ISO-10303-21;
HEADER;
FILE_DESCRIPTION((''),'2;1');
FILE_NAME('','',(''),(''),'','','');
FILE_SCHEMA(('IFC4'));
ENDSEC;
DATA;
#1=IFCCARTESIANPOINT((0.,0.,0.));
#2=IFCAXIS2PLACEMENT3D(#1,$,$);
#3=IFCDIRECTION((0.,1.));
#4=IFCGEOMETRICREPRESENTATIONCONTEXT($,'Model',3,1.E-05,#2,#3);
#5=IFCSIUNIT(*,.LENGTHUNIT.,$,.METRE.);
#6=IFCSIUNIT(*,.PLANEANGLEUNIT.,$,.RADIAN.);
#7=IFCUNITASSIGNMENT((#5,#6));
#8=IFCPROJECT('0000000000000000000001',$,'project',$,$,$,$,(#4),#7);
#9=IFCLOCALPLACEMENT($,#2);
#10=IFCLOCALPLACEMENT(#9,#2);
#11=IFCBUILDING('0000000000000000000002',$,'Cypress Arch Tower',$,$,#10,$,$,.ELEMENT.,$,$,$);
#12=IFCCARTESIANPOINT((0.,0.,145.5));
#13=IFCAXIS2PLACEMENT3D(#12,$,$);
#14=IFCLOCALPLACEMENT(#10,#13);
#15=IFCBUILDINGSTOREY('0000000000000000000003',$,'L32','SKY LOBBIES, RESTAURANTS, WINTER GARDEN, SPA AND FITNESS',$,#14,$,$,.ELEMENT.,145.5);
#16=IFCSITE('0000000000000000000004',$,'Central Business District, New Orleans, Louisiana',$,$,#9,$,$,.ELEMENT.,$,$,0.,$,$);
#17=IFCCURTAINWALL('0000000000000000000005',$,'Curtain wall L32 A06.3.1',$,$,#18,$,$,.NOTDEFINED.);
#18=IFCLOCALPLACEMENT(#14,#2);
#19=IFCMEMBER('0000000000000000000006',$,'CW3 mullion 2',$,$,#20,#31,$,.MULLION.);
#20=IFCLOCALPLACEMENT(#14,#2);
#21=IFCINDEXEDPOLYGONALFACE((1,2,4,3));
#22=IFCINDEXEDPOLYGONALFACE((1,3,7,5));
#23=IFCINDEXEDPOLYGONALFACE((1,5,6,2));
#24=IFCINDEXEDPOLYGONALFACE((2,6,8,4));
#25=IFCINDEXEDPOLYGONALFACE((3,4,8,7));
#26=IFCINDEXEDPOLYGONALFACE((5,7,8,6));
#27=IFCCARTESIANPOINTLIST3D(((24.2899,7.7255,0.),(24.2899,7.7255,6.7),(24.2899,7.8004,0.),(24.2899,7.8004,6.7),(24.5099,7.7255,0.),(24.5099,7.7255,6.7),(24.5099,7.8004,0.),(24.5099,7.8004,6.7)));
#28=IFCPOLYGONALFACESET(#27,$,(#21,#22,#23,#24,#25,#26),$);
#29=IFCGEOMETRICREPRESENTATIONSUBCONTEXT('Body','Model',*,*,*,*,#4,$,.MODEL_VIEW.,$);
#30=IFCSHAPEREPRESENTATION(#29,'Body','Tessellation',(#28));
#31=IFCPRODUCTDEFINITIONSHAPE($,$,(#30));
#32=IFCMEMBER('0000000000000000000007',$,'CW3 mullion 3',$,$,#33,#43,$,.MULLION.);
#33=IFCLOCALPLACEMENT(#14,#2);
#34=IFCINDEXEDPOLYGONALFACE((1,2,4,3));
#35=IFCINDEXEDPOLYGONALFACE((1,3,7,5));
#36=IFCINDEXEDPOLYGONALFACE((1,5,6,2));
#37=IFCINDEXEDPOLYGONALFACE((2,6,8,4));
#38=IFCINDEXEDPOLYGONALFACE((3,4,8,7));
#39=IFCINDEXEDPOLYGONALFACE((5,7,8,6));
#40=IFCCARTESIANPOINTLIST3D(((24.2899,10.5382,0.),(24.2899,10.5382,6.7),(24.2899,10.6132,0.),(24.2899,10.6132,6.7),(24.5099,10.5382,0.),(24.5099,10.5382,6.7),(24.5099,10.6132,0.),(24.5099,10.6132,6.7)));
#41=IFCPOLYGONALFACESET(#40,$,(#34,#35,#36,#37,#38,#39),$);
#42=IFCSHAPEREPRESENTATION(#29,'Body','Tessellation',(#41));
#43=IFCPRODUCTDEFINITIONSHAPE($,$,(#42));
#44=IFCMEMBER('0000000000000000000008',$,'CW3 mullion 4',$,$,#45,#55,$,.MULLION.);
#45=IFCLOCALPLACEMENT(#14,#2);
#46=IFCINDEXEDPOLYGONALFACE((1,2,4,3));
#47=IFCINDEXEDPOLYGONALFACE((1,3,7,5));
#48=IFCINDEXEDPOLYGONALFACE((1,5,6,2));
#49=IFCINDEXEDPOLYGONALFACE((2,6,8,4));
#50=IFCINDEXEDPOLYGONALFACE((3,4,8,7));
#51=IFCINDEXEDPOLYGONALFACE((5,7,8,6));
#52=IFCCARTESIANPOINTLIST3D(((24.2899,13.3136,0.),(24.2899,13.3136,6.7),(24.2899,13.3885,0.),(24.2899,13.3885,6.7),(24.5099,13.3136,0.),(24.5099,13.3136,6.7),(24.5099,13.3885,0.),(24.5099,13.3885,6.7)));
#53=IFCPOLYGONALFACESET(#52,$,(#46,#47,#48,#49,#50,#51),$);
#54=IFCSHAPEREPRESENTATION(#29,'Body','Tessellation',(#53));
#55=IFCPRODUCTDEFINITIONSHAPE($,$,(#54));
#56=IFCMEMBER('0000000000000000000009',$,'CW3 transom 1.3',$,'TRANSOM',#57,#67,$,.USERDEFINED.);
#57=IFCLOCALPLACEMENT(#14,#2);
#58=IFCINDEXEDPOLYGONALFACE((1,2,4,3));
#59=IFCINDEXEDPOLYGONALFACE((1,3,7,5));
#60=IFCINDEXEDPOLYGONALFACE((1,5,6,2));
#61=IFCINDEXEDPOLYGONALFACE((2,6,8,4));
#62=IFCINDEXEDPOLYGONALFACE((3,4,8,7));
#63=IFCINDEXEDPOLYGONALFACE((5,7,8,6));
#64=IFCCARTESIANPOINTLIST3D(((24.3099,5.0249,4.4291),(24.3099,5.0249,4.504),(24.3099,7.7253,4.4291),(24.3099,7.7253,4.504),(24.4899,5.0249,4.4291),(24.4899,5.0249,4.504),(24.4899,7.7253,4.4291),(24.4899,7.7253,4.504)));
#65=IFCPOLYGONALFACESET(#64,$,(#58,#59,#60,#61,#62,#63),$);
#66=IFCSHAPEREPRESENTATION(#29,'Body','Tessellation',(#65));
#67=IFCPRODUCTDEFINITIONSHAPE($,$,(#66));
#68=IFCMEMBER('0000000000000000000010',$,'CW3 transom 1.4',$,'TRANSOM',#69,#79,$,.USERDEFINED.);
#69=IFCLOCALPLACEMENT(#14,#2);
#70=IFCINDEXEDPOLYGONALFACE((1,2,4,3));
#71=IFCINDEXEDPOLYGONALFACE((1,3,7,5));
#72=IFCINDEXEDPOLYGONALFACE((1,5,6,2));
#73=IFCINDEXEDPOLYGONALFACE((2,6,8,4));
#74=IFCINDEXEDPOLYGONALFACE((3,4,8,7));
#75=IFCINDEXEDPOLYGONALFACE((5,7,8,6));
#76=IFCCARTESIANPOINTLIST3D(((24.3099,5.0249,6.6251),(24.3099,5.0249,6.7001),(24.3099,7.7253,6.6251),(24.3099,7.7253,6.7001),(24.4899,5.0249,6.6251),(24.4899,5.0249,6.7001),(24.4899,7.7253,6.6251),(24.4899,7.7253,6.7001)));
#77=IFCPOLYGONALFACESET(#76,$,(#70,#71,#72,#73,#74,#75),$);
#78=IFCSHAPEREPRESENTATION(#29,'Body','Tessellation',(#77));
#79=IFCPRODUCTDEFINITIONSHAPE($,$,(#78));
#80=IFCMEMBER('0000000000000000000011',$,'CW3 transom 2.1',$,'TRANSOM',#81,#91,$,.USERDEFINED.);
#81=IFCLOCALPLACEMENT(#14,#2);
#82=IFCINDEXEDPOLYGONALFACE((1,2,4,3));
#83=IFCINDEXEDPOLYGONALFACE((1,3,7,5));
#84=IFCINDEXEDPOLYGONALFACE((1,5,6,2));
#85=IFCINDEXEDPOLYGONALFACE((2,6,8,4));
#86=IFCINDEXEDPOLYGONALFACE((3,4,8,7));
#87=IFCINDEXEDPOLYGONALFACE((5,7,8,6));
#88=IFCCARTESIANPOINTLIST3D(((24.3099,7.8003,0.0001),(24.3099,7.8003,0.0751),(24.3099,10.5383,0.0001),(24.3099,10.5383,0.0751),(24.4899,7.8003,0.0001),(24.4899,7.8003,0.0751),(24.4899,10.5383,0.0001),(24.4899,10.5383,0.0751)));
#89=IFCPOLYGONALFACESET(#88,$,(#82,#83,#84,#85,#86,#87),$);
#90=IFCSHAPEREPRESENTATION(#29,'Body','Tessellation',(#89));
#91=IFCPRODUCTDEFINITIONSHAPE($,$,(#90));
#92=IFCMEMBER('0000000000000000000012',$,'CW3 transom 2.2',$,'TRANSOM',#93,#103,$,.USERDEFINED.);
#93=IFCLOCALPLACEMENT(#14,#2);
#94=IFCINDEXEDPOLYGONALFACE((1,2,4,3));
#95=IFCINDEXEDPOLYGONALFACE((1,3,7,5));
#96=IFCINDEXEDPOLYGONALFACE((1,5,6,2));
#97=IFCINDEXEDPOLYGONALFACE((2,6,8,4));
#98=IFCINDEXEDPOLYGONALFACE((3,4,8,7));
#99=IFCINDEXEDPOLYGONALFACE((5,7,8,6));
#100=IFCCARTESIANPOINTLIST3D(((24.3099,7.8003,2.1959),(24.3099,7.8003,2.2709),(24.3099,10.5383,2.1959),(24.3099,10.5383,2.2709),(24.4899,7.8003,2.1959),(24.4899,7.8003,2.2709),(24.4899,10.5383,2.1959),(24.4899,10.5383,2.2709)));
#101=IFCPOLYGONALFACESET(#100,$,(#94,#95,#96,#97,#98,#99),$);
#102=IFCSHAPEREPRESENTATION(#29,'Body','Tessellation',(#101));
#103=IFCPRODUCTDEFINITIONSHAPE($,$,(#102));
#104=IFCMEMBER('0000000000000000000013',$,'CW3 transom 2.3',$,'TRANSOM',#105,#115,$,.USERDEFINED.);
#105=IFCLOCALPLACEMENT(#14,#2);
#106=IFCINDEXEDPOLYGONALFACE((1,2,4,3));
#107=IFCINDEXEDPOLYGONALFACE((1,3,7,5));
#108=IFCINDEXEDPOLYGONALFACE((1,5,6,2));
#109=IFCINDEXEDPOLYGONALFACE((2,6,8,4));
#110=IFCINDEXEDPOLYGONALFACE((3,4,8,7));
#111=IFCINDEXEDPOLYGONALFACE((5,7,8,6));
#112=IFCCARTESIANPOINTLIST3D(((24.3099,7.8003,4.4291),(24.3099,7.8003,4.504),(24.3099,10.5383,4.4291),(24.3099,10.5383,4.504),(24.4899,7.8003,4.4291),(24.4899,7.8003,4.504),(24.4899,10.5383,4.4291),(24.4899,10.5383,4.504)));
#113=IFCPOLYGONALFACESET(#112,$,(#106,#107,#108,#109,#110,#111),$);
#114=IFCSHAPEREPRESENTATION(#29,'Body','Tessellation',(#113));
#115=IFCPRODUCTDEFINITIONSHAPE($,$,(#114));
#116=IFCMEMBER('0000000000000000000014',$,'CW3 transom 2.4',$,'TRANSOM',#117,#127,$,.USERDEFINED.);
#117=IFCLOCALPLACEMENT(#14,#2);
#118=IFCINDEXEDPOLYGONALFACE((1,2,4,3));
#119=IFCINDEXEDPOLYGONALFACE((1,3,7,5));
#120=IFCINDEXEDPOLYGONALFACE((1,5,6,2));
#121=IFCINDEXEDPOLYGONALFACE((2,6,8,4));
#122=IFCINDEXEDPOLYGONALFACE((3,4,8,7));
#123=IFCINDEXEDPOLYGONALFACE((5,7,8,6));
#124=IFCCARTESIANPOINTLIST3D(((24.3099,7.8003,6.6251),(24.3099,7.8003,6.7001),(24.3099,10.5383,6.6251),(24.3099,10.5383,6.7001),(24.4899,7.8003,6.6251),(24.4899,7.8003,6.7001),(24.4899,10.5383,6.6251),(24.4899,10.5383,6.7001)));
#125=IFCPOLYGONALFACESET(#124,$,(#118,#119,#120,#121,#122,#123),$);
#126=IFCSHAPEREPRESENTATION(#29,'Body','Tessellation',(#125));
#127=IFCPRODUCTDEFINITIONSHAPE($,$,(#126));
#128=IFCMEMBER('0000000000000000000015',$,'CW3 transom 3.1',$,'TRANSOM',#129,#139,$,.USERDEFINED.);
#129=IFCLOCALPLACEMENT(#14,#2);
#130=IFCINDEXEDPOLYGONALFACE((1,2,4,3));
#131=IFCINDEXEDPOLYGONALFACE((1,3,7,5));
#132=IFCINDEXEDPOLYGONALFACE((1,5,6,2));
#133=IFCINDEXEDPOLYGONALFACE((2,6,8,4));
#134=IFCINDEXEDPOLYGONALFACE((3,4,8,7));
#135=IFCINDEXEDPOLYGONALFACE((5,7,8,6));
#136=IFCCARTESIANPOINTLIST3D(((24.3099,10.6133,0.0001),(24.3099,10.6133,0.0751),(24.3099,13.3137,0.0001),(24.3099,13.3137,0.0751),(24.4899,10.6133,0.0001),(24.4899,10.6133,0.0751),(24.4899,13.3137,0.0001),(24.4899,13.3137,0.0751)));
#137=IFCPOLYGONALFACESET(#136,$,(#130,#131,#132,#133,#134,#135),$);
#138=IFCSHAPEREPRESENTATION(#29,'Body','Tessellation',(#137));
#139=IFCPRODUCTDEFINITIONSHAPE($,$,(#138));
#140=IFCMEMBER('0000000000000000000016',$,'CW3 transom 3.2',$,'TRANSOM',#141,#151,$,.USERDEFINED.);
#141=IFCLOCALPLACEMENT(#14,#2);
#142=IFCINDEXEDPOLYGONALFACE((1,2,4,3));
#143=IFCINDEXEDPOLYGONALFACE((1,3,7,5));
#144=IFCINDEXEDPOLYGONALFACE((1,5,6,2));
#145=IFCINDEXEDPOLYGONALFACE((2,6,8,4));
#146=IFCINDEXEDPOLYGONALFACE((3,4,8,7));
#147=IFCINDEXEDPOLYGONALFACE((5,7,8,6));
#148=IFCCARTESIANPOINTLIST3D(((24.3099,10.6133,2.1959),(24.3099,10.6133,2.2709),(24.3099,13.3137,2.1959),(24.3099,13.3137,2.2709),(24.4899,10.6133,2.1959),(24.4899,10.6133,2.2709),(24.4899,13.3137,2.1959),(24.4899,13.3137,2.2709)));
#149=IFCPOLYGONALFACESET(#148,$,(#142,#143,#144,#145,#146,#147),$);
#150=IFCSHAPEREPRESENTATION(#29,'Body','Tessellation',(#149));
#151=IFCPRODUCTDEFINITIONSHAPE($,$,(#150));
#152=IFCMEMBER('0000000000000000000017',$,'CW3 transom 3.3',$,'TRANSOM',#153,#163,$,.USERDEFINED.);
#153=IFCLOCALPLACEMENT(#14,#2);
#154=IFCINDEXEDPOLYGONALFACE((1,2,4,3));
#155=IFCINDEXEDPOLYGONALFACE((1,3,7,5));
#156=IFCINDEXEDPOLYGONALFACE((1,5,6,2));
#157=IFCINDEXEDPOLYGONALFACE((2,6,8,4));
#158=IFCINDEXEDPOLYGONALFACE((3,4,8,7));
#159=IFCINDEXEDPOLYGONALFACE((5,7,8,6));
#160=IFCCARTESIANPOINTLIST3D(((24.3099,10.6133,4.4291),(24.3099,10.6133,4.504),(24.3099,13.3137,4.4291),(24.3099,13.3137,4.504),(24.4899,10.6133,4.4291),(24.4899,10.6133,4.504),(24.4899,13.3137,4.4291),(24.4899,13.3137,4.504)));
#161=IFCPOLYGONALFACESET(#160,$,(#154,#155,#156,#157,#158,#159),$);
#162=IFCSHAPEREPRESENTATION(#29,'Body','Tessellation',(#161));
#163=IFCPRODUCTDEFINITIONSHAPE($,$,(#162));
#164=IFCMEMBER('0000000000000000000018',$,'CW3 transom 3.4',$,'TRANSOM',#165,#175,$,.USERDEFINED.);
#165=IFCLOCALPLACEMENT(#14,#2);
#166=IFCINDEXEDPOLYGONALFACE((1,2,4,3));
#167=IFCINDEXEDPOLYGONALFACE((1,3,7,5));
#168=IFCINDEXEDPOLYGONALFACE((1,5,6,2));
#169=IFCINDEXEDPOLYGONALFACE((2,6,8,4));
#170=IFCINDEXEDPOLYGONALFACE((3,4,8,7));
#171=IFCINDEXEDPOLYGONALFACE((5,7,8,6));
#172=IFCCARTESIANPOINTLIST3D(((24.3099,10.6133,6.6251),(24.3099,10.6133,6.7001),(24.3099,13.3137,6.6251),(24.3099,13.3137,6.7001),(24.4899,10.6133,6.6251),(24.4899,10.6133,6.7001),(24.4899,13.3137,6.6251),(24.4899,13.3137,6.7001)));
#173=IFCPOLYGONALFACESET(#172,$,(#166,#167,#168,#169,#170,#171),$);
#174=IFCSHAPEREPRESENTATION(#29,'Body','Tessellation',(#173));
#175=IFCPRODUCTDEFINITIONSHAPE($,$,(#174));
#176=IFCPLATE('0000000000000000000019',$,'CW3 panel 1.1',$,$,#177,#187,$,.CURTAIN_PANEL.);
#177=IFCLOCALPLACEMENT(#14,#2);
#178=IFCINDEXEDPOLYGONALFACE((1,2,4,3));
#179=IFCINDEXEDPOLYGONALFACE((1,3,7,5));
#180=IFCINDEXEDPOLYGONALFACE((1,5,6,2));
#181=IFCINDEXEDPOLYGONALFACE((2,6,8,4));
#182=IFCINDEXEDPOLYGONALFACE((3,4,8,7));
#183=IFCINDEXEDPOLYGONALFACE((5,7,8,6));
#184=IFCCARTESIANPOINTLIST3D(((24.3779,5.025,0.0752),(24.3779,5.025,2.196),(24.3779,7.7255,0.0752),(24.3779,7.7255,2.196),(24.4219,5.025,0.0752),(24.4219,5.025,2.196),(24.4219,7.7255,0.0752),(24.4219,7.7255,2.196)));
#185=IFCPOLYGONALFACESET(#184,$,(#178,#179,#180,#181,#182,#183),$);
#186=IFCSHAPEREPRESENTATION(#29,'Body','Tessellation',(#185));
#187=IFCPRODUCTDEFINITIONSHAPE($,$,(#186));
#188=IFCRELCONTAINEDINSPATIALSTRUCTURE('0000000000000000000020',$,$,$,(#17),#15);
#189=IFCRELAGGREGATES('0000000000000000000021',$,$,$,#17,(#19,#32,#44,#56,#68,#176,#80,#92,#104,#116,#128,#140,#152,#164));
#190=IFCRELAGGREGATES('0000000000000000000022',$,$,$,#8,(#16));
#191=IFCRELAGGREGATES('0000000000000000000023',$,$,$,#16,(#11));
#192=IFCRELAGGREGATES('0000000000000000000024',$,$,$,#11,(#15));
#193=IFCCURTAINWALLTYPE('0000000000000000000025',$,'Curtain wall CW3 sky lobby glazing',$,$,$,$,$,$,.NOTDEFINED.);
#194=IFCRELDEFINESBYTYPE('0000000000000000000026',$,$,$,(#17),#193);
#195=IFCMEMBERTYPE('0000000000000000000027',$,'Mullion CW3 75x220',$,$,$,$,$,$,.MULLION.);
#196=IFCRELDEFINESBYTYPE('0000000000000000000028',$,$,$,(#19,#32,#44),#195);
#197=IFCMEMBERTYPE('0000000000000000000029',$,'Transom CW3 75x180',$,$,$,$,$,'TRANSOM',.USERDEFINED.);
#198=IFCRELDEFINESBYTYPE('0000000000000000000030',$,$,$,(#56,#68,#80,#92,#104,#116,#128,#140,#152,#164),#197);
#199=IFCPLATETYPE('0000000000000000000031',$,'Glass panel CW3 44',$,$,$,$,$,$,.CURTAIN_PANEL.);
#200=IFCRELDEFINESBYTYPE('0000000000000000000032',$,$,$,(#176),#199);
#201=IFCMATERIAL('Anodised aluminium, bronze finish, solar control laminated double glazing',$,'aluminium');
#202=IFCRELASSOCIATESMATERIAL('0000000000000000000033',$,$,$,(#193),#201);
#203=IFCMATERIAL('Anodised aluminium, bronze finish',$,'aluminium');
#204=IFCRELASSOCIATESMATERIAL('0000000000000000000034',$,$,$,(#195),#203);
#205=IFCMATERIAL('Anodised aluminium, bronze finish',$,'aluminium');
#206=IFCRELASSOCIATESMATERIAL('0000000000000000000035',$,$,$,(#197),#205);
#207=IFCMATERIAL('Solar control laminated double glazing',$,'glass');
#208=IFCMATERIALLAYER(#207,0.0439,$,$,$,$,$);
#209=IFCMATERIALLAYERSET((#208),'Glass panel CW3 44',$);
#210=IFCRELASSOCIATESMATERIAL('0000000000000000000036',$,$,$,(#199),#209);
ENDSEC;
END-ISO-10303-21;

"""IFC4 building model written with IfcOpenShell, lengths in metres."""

from ifc_helpers import new_model, si_unit, direction, frame, origin, origin_2d, place, context, subcontext, project, spatial, rectangle, extrude, material, layer, layer_set, material_profile, profile_set, type_object, element, aggregate, save


model = new_model("IFC4")

# Units and contexts
model_context = context("Model", 3, precision=1e-05, world=origin(), true_north=direction((0.0, 1.0)))
body_context = subcontext(model_context, "Body", "Model", "MODEL_VIEW")
ifc_project = project(units=[si_unit("LENGTHUNIT", "METRE"), si_unit("PLANEANGLEUNIT", "RADIAN")], contexts=[model_context])

# Site, building, storey
site_placement = place(None, origin())
site = spatial("IfcSite", under=ifc_project, at=site_placement, Name="Central Business District, New Orleans, Louisiana", CompositionType="ELEMENT", RefElevation=0.0)
building_placement = place(site_placement, origin())
building = spatial("IfcBuilding", under=site, at=building_placement, Name="Cypress Arch Tower", CompositionType="ELEMENT")
storey_placement = place(building_placement, frame((0.0, 0.0, 145.5)))
storey = spatial("IfcBuildingStorey", under=building, at=storey_placement, Name="L32", Description="SKY LOBBIES, RESTAURANTS, WINTER GARDEN, SPA AND FITNESS", CompositionType="ELEMENT", Elevation=145.5)

# Curtain wall, members, plate
ifc_material_1 = material(Name="Anodised aluminium, bronze finish, solar control laminated double glazing", Category="aluminium")
curtain_wall_type = type_object("IfcCurtainWallType", Name="Curtain wall CW3 sky lobby glazing", PredefinedType="NOTDEFINED", material=ifc_material_1)
curtain_wall_placement = place(storey_placement, origin())
curtain_wall = element("IfcCurtainWall", 1, at=curtain_wall_placement, inside=storey, type_object=curtain_wall_type, Name="Curtain wall L32 A06.3.1", PredefinedType="NOTDEFINED")
ifc_material_2 = material(Name="Anodised aluminium, bronze finish", Category="aluminium")
ifc_material_profile_1 = material_profile(ifc_material_2, rectangle(XDim=0.22, YDim=0.075, at=origin_2d()), Name="Mullion 75x220")
ifc_profile_set_1 = profile_set([ifc_material_profile_1], Name="Anodised aluminium, bronze finish")
member_type_1 = type_object("IfcMemberType", Name="Mullion CW3 75x220", PredefinedType="MULLION", material=ifc_profile_set_1)
member_1_placement = place(storey_placement, frame((24.3999, 7.7629, 0.0), z_axis=(0.0, 0.0, 1.0), x_axis=(-1.0, 0.0, 0.0)))
member_1 = element("IfcMember", 2, at=member_1_placement, type_object=member_type_1, Name="CW3 mullion 2", PredefinedType="MULLION", context=body_context, shape_type="SweptSolid", body=[
    extrude(rectangle(XDim=0.22, YDim=0.075, at=origin_2d()), origin(), (0.0, 0.0, 1.0), 6.7),
])
member_2_placement = place(storey_placement, frame((24.3999, 10.5757, 0.0), z_axis=(0.0, 0.0, 1.0), x_axis=(-1.0, 0.0, 0.0)))
member_2 = element("IfcMember", 3, at=member_2_placement, type_object=member_type_1, Name="CW3 mullion 3", PredefinedType="MULLION", context=body_context, shape_type="SweptSolid", body=[
    extrude(rectangle(XDim=0.22, YDim=0.075, at=origin_2d()), origin(), (0.0, 0.0, 1.0), 6.7),
])
member_3_placement = place(storey_placement, frame((24.3999, 13.3511, 0.0), z_axis=(0.0, 0.0, 1.0), x_axis=(-1.0, 0.0, 0.0)))
member_3 = element("IfcMember", 4, at=member_3_placement, type_object=member_type_1, Name="CW3 mullion 4", PredefinedType="MULLION", context=body_context, shape_type="SweptSolid", body=[
    extrude(rectangle(XDim=0.22, YDim=0.075, at=origin_2d()), origin(), (0.0, 0.0, 1.0), 6.7),
])
ifc_material_3 = material(Name="Anodised aluminium, bronze finish", Category="aluminium")
ifc_material_profile_2 = material_profile(ifc_material_3, rectangle(XDim=0.1799, YDim=0.075, at=origin_2d()), Name="Transom 75x180")
ifc_profile_set_2 = profile_set([ifc_material_profile_2], Name="Anodised aluminium, bronze finish")
member_type_2 = type_object("IfcMemberType", Name="Transom CW3 75x180", ElementType="TRANSOM", PredefinedType="USERDEFINED", material=ifc_profile_set_2)
member_4_placement = place(storey_placement, frame((24.3999, 5.0249, 4.4666), z_axis=(0.0, 1.0, 0.0), x_axis=(-1.0, 0.0, 0.0)))
member_4 = element("IfcMember", 5, at=member_4_placement, type_object=member_type_2, Name="CW3 transom 1.3", ObjectType="TRANSOM", PredefinedType="USERDEFINED", context=body_context, shape_type="SweptSolid", body=[
    extrude(rectangle(XDim=0.1799, YDim=0.075, at=origin_2d()), origin(), (0.0, 0.0, 1.0), 2.7004),
])
member_5_placement = place(storey_placement, frame((24.3999, 5.0249, 6.6626), z_axis=(0.0, 1.0, 0.0), x_axis=(-1.0, 0.0, 0.0)))
member_5 = element("IfcMember", 6, at=member_5_placement, type_object=member_type_2, Name="CW3 transom 1.4", ObjectType="TRANSOM", PredefinedType="USERDEFINED", context=body_context, shape_type="SweptSolid", body=[
    extrude(rectangle(XDim=0.1799, YDim=0.075, at=origin_2d()), origin(), (0.0, 0.0, 1.0), 2.7004),
])
member_6_placement = place(storey_placement, frame((24.3999, 7.8003, 0.0376), z_axis=(0.0, 1.0, 0.0), x_axis=(-1.0, 0.0, 0.0)))
member_6 = element("IfcMember", 7, at=member_6_placement, type_object=member_type_2, Name="CW3 transom 2.1", ObjectType="TRANSOM", PredefinedType="USERDEFINED", context=body_context, shape_type="SweptSolid", body=[
    extrude(rectangle(XDim=0.1799, YDim=0.075, at=origin_2d()), origin(), (0.0, 0.0, 1.0), 2.738),
])
member_7_placement = place(storey_placement, frame((24.3999, 7.8003, 2.2334), z_axis=(0.0, 1.0, 0.0), x_axis=(-1.0, 0.0, 0.0)))
member_7 = element("IfcMember", 8, at=member_7_placement, type_object=member_type_2, Name="CW3 transom 2.2", ObjectType="TRANSOM", PredefinedType="USERDEFINED", context=body_context, shape_type="SweptSolid", body=[
    extrude(rectangle(XDim=0.1799, YDim=0.075, at=origin_2d()), origin(), (0.0, 0.0, 1.0), 2.738),
])
member_8_placement = place(storey_placement, frame((24.3999, 7.8003, 4.4666), z_axis=(0.0, 1.0, 0.0), x_axis=(-1.0, 0.0, 0.0)))
member_8 = element("IfcMember", 9, at=member_8_placement, type_object=member_type_2, Name="CW3 transom 2.3", ObjectType="TRANSOM", PredefinedType="USERDEFINED", context=body_context, shape_type="SweptSolid", body=[
    extrude(rectangle(XDim=0.1799, YDim=0.075, at=origin_2d()), origin(), (0.0, 0.0, 1.0), 2.738),
])
member_9_placement = place(storey_placement, frame((24.3999, 7.8003, 6.6626), z_axis=(0.0, 1.0, 0.0), x_axis=(-1.0, 0.0, 0.0)))
member_9 = element("IfcMember", 10, at=member_9_placement, type_object=member_type_2, Name="CW3 transom 2.4", ObjectType="TRANSOM", PredefinedType="USERDEFINED", context=body_context, shape_type="SweptSolid", body=[
    extrude(rectangle(XDim=0.1799, YDim=0.075, at=origin_2d()), origin(), (0.0, 0.0, 1.0), 2.738),
])
member_10_placement = place(storey_placement, frame((24.3999, 10.6133, 0.0376), z_axis=(0.0, 1.0, 0.0), x_axis=(-1.0, 0.0, 0.0)))
member_10 = element("IfcMember", 11, at=member_10_placement, type_object=member_type_2, Name="CW3 transom 3.1", ObjectType="TRANSOM", PredefinedType="USERDEFINED", context=body_context, shape_type="SweptSolid", body=[
    extrude(rectangle(XDim=0.1799, YDim=0.075, at=origin_2d()), origin(), (0.0, 0.0, 1.0), 2.7004),
])
member_11_placement = place(storey_placement, frame((24.3999, 10.6133, 2.2334), z_axis=(0.0, 1.0, 0.0), x_axis=(-1.0, 0.0, 0.0)))
member_11 = element("IfcMember", 12, at=member_11_placement, type_object=member_type_2, Name="CW3 transom 3.2", ObjectType="TRANSOM", PredefinedType="USERDEFINED", context=body_context, shape_type="SweptSolid", body=[
    extrude(rectangle(XDim=0.1799, YDim=0.075, at=origin_2d()), origin(), (0.0, 0.0, 1.0), 2.7004),
])
member_12_placement = place(storey_placement, frame((24.3999, 10.6133, 4.4666), z_axis=(0.0, 1.0, 0.0), x_axis=(-1.0, 0.0, 0.0)))
member_12 = element("IfcMember", 13, at=member_12_placement, type_object=member_type_2, Name="CW3 transom 3.3", ObjectType="TRANSOM", PredefinedType="USERDEFINED", context=body_context, shape_type="SweptSolid", body=[
    extrude(rectangle(XDim=0.1799, YDim=0.075, at=origin_2d()), origin(), (0.0, 0.0, 1.0), 2.7004),
])
member_13_placement = place(storey_placement, frame((24.3999, 10.6133, 6.6626), z_axis=(0.0, 1.0, 0.0), x_axis=(-1.0, 0.0, 0.0)))
member_13 = element("IfcMember", 14, at=member_13_placement, type_object=member_type_2, Name="CW3 transom 3.4", ObjectType="TRANSOM", PredefinedType="USERDEFINED", context=body_context, shape_type="SweptSolid", body=[
    extrude(rectangle(XDim=0.1799, YDim=0.075, at=origin_2d()), origin(), (0.0, 0.0, 1.0), 2.7004),
])
ifc_material_4 = material(Name="Solar control laminated double glazing", Category="glass")
ifc_layer = layer(ifc_material_4, 0.0439)
ifc_layer_set = layer_set([ifc_layer], Name="Glass panel CW3 44")
plate_type = type_object("IfcPlateType", Name="Glass panel CW3 44", PredefinedType="CURTAIN_PANEL", material=ifc_layer_set)
plate_1_placement = place(storey_placement, frame((24.3999, 6.3752, 0.0752), z_axis=(0.0, 0.0, 1.0), x_axis=(0.0, 1.0, 0.0)))
plate_1 = element("IfcPlate", 15, at=plate_1_placement, type_object=plate_type, Name="CW3 panel 1.1", PredefinedType="CURTAIN_PANEL", context=body_context, shape_type="SweptSolid", body=[
    extrude(rectangle(XDim=2.7004, YDim=0.0439, at=origin_2d()), origin(), (0.0, 0.0, 1.0), 2.1208),
])
aggregate(curtain_wall, [member_1, member_2, member_3, member_4, member_5, plate_1, member_6, member_7, member_8, member_9, member_10, member_11, member_12, member_13])

save(model, "model.ifc")
